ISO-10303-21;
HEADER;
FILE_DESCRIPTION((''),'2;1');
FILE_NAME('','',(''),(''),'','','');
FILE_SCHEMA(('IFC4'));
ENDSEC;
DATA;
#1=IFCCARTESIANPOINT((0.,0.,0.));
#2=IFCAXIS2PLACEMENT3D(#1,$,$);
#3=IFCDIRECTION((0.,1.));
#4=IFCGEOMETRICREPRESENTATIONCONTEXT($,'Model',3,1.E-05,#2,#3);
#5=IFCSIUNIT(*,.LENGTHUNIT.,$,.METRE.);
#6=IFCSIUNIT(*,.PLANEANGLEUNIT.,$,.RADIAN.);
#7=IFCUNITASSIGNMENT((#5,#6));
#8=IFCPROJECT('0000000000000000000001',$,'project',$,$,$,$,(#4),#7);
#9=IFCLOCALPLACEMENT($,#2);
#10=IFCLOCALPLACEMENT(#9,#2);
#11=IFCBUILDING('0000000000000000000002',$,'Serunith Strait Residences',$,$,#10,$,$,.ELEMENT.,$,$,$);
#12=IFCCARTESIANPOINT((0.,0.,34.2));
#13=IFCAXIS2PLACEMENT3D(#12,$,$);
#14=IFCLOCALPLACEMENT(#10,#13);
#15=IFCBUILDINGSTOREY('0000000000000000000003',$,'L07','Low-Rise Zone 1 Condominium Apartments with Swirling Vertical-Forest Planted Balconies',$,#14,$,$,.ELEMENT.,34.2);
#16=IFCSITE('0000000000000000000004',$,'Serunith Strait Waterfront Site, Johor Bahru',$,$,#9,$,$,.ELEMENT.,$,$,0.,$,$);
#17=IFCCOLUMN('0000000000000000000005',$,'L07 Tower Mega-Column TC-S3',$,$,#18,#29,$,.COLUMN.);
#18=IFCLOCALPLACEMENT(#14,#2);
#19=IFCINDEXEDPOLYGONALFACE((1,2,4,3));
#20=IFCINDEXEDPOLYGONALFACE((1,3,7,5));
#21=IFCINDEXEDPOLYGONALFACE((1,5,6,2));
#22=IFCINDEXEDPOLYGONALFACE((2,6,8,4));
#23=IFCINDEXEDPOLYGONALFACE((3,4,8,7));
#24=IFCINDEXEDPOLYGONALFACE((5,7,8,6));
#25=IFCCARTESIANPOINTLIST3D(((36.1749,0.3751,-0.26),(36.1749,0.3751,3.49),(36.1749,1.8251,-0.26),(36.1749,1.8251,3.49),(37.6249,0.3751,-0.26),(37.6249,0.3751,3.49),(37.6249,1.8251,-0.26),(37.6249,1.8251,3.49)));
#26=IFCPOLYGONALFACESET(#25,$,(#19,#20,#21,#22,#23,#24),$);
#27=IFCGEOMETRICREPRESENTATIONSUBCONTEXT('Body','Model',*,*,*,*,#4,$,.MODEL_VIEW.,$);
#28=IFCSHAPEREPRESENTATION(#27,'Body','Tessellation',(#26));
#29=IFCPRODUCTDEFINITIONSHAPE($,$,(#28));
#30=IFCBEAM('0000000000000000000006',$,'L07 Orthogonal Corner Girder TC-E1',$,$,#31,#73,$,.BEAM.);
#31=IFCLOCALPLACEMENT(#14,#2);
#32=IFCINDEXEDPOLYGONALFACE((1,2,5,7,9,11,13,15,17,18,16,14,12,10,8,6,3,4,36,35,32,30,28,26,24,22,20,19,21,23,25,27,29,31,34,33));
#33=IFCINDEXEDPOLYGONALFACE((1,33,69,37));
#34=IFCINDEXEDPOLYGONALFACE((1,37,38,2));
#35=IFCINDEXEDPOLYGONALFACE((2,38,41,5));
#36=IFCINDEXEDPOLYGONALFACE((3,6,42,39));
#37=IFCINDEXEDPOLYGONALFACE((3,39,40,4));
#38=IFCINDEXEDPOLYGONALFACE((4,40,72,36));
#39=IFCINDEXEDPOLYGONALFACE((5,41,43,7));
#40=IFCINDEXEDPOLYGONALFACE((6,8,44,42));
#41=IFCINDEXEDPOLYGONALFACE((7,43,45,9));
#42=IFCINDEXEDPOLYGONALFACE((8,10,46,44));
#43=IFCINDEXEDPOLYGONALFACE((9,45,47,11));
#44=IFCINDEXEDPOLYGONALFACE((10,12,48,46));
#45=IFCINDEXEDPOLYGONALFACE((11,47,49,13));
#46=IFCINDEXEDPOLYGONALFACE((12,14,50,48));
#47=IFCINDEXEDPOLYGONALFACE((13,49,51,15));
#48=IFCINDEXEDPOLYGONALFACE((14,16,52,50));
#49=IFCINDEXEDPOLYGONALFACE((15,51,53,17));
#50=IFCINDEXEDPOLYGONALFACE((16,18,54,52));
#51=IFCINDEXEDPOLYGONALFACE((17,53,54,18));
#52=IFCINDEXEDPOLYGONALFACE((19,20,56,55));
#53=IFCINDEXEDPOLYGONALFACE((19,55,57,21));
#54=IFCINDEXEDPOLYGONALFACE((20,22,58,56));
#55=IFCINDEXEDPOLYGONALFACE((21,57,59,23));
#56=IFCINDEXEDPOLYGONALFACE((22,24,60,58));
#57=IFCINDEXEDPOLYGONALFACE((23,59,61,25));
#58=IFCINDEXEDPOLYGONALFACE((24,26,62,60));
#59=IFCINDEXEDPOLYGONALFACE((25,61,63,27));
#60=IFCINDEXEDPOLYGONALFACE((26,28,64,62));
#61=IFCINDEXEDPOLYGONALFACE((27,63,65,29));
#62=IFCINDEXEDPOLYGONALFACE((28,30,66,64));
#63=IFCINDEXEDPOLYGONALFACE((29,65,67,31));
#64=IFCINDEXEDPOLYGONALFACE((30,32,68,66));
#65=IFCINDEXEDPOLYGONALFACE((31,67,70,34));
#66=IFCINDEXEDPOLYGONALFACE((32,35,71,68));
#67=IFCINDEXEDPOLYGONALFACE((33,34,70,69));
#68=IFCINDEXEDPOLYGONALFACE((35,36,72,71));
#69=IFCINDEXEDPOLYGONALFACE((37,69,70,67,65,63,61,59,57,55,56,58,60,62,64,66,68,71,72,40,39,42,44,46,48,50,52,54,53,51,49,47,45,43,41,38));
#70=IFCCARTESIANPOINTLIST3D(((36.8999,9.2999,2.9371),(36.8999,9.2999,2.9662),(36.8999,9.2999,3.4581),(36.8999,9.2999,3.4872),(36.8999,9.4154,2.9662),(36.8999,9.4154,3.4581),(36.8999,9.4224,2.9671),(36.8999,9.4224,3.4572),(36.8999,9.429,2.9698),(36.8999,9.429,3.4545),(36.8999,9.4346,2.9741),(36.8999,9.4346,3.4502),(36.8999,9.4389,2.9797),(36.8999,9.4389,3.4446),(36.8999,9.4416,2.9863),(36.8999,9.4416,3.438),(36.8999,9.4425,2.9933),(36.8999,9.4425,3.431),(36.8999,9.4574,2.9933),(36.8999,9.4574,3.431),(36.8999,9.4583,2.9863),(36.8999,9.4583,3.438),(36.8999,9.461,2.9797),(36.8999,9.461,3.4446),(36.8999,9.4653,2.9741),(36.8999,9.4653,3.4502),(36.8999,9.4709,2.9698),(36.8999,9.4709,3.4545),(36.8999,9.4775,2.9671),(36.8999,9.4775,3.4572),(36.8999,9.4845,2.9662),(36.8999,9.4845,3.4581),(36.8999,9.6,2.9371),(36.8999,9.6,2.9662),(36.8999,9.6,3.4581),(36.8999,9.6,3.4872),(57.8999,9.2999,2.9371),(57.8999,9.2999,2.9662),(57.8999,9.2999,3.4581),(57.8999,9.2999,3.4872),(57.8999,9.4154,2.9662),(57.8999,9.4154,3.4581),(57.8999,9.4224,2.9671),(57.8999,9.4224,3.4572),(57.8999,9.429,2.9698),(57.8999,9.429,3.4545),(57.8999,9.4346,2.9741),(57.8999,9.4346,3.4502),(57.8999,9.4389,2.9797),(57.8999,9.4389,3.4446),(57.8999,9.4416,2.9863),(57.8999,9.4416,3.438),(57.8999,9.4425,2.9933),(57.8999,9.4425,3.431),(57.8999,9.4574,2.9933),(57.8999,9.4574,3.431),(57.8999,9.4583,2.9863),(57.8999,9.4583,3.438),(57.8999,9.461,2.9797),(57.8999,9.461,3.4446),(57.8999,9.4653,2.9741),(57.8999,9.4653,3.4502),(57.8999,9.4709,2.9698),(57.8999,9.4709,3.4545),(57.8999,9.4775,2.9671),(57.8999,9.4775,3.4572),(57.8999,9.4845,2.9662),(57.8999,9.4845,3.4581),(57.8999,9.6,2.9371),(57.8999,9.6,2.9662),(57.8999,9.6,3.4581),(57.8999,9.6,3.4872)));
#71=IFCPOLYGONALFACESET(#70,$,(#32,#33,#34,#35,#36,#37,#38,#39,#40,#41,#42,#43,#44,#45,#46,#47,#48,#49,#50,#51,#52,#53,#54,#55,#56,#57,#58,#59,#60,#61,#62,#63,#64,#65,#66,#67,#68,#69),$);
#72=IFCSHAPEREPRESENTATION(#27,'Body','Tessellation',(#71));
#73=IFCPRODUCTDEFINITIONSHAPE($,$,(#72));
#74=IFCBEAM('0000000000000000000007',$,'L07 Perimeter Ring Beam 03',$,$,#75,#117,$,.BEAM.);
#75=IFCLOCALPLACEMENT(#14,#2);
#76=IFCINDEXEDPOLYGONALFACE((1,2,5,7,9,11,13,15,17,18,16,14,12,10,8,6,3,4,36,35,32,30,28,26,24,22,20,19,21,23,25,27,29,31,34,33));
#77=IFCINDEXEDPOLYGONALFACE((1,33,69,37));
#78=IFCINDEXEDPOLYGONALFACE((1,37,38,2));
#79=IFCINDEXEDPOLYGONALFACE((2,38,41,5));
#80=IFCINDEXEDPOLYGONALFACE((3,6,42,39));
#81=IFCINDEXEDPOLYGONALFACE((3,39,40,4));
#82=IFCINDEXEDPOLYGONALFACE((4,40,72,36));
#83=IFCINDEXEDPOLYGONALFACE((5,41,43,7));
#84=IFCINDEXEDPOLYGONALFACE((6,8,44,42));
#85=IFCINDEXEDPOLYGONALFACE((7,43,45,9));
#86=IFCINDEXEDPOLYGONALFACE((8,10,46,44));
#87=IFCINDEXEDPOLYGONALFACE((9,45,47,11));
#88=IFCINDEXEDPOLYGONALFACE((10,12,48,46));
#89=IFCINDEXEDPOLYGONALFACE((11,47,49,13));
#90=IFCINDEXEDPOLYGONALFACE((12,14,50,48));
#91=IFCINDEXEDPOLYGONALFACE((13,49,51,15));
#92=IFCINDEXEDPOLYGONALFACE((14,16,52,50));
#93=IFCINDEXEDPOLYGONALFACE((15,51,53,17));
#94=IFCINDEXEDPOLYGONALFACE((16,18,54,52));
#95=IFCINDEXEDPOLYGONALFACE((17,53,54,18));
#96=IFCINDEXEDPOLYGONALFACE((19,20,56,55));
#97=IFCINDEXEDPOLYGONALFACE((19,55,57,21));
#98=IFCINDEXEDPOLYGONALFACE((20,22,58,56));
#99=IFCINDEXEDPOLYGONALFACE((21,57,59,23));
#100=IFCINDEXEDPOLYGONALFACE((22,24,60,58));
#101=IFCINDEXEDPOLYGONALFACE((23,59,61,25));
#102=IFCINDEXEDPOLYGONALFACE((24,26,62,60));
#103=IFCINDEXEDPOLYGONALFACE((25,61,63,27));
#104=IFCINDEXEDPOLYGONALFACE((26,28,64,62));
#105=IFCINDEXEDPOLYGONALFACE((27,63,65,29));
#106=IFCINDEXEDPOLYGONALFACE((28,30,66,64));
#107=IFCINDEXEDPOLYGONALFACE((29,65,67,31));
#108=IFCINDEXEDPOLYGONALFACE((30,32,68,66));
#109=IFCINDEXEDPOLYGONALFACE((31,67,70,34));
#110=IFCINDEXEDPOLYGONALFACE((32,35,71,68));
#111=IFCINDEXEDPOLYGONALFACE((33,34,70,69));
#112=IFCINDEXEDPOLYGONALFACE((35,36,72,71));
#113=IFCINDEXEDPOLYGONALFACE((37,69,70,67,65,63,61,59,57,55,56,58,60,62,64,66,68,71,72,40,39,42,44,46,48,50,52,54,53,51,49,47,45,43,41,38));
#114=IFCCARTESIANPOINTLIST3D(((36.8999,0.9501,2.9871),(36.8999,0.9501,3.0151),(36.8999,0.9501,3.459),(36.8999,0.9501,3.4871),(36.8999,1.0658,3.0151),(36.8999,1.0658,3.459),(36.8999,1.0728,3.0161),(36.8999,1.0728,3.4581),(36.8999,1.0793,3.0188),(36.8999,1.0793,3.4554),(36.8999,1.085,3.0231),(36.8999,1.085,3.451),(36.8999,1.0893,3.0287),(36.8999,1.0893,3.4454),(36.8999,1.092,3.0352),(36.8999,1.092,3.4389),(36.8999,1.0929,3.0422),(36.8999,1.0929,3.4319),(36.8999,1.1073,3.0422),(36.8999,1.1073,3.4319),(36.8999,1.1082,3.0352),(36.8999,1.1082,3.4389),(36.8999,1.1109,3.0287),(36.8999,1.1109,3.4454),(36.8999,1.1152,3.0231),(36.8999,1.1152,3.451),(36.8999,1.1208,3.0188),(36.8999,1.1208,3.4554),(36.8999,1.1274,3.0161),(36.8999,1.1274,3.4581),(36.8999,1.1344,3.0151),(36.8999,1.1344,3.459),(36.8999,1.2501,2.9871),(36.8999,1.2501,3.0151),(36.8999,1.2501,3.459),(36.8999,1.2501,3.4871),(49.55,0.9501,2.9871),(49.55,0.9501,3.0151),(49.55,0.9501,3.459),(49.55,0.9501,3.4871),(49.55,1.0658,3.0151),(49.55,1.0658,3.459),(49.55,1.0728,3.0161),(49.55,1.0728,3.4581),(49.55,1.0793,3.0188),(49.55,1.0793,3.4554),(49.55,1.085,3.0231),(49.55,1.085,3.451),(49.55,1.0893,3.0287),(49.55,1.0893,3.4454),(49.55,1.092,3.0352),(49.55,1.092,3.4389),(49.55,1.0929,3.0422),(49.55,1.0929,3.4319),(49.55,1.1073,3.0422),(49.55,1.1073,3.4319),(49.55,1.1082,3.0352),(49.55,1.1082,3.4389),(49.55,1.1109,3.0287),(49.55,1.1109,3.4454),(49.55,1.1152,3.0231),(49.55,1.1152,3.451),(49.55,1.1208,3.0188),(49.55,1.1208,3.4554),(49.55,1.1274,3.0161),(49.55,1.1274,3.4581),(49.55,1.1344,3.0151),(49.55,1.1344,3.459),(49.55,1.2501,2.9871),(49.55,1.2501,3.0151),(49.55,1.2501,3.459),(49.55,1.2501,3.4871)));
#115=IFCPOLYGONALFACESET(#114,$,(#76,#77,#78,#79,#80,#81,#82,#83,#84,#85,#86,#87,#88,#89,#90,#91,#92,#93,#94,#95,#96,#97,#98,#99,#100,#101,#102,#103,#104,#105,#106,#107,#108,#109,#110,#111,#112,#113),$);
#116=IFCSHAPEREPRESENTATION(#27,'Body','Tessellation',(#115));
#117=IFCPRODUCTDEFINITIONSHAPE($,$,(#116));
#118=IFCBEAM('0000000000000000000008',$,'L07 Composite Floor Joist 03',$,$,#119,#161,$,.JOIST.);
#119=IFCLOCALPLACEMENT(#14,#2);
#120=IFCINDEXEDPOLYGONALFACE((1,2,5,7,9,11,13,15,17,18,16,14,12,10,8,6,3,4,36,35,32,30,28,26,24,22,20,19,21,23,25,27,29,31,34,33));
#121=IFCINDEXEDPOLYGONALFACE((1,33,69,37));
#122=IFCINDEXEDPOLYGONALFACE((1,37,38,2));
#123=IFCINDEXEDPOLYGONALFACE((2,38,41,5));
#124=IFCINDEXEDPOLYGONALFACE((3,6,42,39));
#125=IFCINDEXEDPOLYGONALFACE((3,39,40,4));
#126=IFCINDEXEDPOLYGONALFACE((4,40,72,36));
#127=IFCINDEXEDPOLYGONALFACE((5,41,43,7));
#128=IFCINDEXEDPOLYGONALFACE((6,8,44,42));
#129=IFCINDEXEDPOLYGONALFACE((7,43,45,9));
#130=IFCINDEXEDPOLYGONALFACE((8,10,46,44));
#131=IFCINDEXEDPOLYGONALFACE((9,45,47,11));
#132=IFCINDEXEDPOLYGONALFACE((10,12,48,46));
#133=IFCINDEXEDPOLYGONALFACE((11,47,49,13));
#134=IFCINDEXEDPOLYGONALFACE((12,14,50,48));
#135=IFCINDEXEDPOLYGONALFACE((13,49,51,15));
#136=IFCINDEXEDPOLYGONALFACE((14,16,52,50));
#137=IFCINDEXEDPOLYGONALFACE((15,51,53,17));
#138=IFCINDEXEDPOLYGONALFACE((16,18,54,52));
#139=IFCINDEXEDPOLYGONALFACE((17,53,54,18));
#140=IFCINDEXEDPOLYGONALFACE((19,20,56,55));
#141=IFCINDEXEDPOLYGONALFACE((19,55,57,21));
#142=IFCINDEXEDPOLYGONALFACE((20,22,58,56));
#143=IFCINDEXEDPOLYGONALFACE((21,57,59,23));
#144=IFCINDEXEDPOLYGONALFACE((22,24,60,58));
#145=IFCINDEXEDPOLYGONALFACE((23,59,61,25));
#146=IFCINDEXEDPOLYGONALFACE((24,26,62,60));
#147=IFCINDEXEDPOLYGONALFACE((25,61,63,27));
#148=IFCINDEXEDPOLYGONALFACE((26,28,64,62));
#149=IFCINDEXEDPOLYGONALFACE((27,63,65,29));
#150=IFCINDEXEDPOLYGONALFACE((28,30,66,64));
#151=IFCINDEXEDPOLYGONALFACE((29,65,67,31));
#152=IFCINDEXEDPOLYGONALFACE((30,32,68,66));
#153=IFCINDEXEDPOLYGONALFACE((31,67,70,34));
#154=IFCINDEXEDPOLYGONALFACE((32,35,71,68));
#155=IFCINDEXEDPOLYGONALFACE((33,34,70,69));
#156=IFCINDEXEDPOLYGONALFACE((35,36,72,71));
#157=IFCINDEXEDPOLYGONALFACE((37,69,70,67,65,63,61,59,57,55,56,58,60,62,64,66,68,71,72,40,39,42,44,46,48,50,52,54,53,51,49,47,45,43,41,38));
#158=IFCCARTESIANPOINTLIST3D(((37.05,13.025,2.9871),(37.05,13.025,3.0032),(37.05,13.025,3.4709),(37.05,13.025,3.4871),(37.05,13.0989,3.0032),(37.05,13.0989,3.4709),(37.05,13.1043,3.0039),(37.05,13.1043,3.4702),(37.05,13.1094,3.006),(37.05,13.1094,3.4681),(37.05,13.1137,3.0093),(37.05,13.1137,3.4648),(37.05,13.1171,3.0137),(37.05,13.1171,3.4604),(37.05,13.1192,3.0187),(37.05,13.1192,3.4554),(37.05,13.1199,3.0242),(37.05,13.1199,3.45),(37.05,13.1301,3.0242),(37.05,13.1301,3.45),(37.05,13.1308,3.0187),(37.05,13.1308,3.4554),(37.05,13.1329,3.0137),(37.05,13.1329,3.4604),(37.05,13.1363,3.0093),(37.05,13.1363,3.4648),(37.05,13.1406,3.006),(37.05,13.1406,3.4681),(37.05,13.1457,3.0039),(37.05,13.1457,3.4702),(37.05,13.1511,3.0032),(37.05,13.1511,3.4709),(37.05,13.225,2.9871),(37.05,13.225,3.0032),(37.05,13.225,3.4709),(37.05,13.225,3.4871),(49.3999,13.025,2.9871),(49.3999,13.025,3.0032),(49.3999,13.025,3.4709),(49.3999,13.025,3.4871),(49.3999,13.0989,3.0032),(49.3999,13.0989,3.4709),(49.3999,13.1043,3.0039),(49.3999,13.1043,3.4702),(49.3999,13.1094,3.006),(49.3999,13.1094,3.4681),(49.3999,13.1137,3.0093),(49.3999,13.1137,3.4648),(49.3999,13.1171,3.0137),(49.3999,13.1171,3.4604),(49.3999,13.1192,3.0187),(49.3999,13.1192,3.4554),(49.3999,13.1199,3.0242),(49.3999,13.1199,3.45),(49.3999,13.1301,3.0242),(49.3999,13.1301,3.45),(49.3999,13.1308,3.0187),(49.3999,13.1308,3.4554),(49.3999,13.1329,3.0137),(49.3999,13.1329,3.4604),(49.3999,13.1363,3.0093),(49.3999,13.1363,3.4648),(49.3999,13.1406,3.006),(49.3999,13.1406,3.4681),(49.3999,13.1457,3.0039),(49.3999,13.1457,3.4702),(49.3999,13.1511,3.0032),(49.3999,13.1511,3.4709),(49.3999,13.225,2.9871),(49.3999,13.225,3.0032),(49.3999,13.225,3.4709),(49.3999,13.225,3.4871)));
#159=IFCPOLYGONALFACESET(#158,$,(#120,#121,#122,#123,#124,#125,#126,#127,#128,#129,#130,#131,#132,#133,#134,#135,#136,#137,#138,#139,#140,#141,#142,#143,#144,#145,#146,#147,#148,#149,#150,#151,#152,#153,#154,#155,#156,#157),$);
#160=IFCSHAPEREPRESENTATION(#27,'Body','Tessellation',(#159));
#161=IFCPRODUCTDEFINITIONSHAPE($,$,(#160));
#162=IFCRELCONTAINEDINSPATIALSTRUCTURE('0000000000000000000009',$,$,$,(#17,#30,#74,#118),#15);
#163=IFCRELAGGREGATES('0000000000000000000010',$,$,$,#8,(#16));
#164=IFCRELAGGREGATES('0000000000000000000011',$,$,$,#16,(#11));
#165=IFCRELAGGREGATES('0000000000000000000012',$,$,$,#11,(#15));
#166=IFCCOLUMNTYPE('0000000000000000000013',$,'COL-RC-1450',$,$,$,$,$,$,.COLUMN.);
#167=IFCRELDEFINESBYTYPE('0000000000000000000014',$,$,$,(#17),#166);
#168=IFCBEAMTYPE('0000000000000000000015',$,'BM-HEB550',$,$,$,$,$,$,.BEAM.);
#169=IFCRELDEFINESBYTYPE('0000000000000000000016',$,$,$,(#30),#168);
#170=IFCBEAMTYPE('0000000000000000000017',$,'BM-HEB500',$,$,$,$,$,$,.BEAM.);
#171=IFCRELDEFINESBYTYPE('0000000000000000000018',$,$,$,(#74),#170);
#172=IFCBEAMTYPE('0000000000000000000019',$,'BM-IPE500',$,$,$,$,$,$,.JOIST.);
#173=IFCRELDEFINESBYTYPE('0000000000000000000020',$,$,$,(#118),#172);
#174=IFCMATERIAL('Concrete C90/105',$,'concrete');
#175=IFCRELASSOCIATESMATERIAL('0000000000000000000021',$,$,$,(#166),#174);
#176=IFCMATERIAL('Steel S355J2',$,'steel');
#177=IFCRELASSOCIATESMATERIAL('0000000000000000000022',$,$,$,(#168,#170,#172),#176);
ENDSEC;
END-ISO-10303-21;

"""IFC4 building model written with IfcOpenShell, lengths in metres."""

from ifc_helpers import new_model, si_unit, direction, frame, origin, origin_2d, place, context, subcontext, project, spatial, rectangle, i_section, extrude, source, transform, mapped, material, material_profile, profile_set, type_object, element, save


model = new_model("IFC4")

# Units and contexts
model_context = context("Model", 3, precision=1e-05, world=origin(), true_north=direction((0.0, 1.0)))
body_context = subcontext(model_context, "Body", "Model", "MODEL_VIEW")
ifc_project = project(units=[si_unit("LENGTHUNIT", "METRE"), si_unit("PLANEANGLEUNIT", "RADIAN")], contexts=[model_context])

# Site, building, storey
site_placement = place(None, origin())
site = spatial("IfcSite", under=ifc_project, at=site_placement, Name="Serunith Strait Waterfront Site, Johor Bahru", CompositionType="ELEMENT", RefElevation=0.0)
building_placement = place(site_placement, origin())
building = spatial("IfcBuilding", under=site, at=building_placement, Name="Serunith Strait Residences", CompositionType="ELEMENT")
storey_placement = place(building_placement, frame((0.0, 0.0, 34.2)))
storey = spatial("IfcBuildingStorey", under=building, at=storey_placement, Name="L07", Description="Low-Rise Zone 1 Condominium Apartments with Swirling Vertical-Forest Planted Balconies", CompositionType="ELEMENT", Elevation=34.2)

# Column
ifc_material_1 = material(Name="Concrete C90/105", Category="concrete")
ifc_material_profile_1 = material_profile(ifc_material_1, rectangle(XDim=1.45, YDim=1.45, at=origin_2d()), Name="RC 1450x1450")
ifc_profile_set_1 = profile_set([ifc_material_profile_1], Name="Concrete C90/105")
column_type = type_object("IfcColumnType", Name="COL-RC-1450", PredefinedType="COLUMN", material=ifc_profile_set_1)
shared_shape_1 = source(origin(), body_context, "Body", "SweptSolid", [
    extrude(rectangle(XDim=1.45, YDim=1.45, at=origin_2d()), origin(), (0.0, 0.0, 1.0), 3.75),
])
column_placement = place(storey_placement, frame((36.8999, 1.1001, -0.26), z_axis=(0.0, 0.0, 1.0), x_axis=(1.0, 0.0, 0.0)))
element("IfcColumn", 1, at=column_placement, inside=storey, type_object=column_type, Name="L07 Tower Mega-Column TC-S3", PredefinedType="COLUMN", context=body_context, shape_type="MappedRepresentation", body=[
    mapped(shared_shape_1, transform((0.0, 0.0, 0.0), scale=1.0)),
])

# Beams
ifc_material_2 = material(Name="Steel S355J2", Category="steel")
ifc_material_profile_2 = material_profile(ifc_material_2, i_section(OverallWidth=0.3, OverallDepth=0.55, WebThickness=0.0149, FlangeThickness=0.0291, FilletRadius=0.0271, at=origin_2d()), Name="HEB 550")
ifc_profile_set_2 = profile_set([ifc_material_profile_2], Name="Steel S355J2")
beam_type_1 = type_object("IfcBeamType", Name="BM-HEB550", PredefinedType="BEAM", material=ifc_profile_set_2)
shared_shape_2 = source(origin(), body_context, "Body", "SweptSolid", [
    extrude(i_section(OverallWidth=0.3, OverallDepth=0.55, WebThickness=0.0149, FlangeThickness=0.0291, FilletRadius=0.0271, at=origin_2d()), origin(), (0.0, 0.0, 1.0), 21.0),
])
beam_1_placement = place(storey_placement, frame((36.8999, 9.45, 3.2122), z_axis=(1.0, 0.0, 0.0), x_axis=(0.0, 1.0, 0.0)))
element("IfcBeam", 2, at=beam_1_placement, inside=storey, type_object=beam_type_1, Name="L07 Orthogonal Corner Girder TC-E1", PredefinedType="BEAM", context=body_context, shape_type="MappedRepresentation", body=[
    mapped(shared_shape_2, transform((0.0, 0.0, 0.0), scale=1.0)),
])
ifc_material_profile_3 = material_profile(ifc_material_2, i_section(OverallWidth=0.3, OverallDepth=0.5, WebThickness=0.0144, FlangeThickness=0.0281, FilletRadius=0.0271, at=origin_2d()), Name="HEB 500")
ifc_profile_set_3 = profile_set([ifc_material_profile_3], Name="Steel S355J2")
beam_type_2 = type_object("IfcBeamType", Name="BM-HEB500", PredefinedType="BEAM", material=ifc_profile_set_3)
shared_shape_3 = source(origin(), body_context, "Body", "SweptSolid", [
    extrude(i_section(OverallWidth=0.3, OverallDepth=0.5, WebThickness=0.0144, FlangeThickness=0.0281, FilletRadius=0.0271, at=origin_2d()), origin(), (0.0, 0.0, 1.0), 12.6501),
])
beam_2_placement = place(storey_placement, frame((36.8999, 1.1001, 3.2371), z_axis=(1.0, 0.0, 0.0), x_axis=(0.0, 1.0, 0.0)))
element("IfcBeam", 3, at=beam_2_placement, inside=storey, type_object=beam_type_2, Name="L07 Perimeter Ring Beam 03", PredefinedType="BEAM", context=body_context, shape_type="MappedRepresentation", body=[
    mapped(shared_shape_3, transform((0.0, 0.0, 0.0), scale=1.0)),
])
ifc_material_profile_4 = material_profile(ifc_material_2, i_section(OverallWidth=0.2, OverallDepth=0.5, WebThickness=0.0103, FlangeThickness=0.0161, FilletRadius=0.021, at=origin_2d()), Name="IPE 500")
ifc_profile_set_4 = profile_set([ifc_material_profile_4], Name="Steel S355J2")
beam_type_3 = type_object("IfcBeamType", Name="BM-IPE500", PredefinedType="JOIST", material=ifc_profile_set_4)
shared_shape_4 = source(origin(), body_context, "Body", "SweptSolid", [
    extrude(i_section(OverallWidth=0.2, OverallDepth=0.5, WebThickness=0.0103, FlangeThickness=0.0161, FilletRadius=0.021, at=origin_2d()), origin(), (0.0, 0.0, 1.0), 12.3499),
])
beam_3_placement = place(storey_placement, frame((37.05, 13.125, 3.2371), z_axis=(1.0, 0.0, 0.0), x_axis=(0.0, 1.0, 0.0)))
element("IfcBeam", 4, at=beam_3_placement, inside=storey, type_object=beam_type_3, Name="L07 Composite Floor Joist 03", PredefinedType="JOIST", context=body_context, shape_type="MappedRepresentation", body=[
    mapped(shared_shape_4, transform((0.0, 0.0, 0.0), scale=1.0)),
])

save(model, "model.ifc")
